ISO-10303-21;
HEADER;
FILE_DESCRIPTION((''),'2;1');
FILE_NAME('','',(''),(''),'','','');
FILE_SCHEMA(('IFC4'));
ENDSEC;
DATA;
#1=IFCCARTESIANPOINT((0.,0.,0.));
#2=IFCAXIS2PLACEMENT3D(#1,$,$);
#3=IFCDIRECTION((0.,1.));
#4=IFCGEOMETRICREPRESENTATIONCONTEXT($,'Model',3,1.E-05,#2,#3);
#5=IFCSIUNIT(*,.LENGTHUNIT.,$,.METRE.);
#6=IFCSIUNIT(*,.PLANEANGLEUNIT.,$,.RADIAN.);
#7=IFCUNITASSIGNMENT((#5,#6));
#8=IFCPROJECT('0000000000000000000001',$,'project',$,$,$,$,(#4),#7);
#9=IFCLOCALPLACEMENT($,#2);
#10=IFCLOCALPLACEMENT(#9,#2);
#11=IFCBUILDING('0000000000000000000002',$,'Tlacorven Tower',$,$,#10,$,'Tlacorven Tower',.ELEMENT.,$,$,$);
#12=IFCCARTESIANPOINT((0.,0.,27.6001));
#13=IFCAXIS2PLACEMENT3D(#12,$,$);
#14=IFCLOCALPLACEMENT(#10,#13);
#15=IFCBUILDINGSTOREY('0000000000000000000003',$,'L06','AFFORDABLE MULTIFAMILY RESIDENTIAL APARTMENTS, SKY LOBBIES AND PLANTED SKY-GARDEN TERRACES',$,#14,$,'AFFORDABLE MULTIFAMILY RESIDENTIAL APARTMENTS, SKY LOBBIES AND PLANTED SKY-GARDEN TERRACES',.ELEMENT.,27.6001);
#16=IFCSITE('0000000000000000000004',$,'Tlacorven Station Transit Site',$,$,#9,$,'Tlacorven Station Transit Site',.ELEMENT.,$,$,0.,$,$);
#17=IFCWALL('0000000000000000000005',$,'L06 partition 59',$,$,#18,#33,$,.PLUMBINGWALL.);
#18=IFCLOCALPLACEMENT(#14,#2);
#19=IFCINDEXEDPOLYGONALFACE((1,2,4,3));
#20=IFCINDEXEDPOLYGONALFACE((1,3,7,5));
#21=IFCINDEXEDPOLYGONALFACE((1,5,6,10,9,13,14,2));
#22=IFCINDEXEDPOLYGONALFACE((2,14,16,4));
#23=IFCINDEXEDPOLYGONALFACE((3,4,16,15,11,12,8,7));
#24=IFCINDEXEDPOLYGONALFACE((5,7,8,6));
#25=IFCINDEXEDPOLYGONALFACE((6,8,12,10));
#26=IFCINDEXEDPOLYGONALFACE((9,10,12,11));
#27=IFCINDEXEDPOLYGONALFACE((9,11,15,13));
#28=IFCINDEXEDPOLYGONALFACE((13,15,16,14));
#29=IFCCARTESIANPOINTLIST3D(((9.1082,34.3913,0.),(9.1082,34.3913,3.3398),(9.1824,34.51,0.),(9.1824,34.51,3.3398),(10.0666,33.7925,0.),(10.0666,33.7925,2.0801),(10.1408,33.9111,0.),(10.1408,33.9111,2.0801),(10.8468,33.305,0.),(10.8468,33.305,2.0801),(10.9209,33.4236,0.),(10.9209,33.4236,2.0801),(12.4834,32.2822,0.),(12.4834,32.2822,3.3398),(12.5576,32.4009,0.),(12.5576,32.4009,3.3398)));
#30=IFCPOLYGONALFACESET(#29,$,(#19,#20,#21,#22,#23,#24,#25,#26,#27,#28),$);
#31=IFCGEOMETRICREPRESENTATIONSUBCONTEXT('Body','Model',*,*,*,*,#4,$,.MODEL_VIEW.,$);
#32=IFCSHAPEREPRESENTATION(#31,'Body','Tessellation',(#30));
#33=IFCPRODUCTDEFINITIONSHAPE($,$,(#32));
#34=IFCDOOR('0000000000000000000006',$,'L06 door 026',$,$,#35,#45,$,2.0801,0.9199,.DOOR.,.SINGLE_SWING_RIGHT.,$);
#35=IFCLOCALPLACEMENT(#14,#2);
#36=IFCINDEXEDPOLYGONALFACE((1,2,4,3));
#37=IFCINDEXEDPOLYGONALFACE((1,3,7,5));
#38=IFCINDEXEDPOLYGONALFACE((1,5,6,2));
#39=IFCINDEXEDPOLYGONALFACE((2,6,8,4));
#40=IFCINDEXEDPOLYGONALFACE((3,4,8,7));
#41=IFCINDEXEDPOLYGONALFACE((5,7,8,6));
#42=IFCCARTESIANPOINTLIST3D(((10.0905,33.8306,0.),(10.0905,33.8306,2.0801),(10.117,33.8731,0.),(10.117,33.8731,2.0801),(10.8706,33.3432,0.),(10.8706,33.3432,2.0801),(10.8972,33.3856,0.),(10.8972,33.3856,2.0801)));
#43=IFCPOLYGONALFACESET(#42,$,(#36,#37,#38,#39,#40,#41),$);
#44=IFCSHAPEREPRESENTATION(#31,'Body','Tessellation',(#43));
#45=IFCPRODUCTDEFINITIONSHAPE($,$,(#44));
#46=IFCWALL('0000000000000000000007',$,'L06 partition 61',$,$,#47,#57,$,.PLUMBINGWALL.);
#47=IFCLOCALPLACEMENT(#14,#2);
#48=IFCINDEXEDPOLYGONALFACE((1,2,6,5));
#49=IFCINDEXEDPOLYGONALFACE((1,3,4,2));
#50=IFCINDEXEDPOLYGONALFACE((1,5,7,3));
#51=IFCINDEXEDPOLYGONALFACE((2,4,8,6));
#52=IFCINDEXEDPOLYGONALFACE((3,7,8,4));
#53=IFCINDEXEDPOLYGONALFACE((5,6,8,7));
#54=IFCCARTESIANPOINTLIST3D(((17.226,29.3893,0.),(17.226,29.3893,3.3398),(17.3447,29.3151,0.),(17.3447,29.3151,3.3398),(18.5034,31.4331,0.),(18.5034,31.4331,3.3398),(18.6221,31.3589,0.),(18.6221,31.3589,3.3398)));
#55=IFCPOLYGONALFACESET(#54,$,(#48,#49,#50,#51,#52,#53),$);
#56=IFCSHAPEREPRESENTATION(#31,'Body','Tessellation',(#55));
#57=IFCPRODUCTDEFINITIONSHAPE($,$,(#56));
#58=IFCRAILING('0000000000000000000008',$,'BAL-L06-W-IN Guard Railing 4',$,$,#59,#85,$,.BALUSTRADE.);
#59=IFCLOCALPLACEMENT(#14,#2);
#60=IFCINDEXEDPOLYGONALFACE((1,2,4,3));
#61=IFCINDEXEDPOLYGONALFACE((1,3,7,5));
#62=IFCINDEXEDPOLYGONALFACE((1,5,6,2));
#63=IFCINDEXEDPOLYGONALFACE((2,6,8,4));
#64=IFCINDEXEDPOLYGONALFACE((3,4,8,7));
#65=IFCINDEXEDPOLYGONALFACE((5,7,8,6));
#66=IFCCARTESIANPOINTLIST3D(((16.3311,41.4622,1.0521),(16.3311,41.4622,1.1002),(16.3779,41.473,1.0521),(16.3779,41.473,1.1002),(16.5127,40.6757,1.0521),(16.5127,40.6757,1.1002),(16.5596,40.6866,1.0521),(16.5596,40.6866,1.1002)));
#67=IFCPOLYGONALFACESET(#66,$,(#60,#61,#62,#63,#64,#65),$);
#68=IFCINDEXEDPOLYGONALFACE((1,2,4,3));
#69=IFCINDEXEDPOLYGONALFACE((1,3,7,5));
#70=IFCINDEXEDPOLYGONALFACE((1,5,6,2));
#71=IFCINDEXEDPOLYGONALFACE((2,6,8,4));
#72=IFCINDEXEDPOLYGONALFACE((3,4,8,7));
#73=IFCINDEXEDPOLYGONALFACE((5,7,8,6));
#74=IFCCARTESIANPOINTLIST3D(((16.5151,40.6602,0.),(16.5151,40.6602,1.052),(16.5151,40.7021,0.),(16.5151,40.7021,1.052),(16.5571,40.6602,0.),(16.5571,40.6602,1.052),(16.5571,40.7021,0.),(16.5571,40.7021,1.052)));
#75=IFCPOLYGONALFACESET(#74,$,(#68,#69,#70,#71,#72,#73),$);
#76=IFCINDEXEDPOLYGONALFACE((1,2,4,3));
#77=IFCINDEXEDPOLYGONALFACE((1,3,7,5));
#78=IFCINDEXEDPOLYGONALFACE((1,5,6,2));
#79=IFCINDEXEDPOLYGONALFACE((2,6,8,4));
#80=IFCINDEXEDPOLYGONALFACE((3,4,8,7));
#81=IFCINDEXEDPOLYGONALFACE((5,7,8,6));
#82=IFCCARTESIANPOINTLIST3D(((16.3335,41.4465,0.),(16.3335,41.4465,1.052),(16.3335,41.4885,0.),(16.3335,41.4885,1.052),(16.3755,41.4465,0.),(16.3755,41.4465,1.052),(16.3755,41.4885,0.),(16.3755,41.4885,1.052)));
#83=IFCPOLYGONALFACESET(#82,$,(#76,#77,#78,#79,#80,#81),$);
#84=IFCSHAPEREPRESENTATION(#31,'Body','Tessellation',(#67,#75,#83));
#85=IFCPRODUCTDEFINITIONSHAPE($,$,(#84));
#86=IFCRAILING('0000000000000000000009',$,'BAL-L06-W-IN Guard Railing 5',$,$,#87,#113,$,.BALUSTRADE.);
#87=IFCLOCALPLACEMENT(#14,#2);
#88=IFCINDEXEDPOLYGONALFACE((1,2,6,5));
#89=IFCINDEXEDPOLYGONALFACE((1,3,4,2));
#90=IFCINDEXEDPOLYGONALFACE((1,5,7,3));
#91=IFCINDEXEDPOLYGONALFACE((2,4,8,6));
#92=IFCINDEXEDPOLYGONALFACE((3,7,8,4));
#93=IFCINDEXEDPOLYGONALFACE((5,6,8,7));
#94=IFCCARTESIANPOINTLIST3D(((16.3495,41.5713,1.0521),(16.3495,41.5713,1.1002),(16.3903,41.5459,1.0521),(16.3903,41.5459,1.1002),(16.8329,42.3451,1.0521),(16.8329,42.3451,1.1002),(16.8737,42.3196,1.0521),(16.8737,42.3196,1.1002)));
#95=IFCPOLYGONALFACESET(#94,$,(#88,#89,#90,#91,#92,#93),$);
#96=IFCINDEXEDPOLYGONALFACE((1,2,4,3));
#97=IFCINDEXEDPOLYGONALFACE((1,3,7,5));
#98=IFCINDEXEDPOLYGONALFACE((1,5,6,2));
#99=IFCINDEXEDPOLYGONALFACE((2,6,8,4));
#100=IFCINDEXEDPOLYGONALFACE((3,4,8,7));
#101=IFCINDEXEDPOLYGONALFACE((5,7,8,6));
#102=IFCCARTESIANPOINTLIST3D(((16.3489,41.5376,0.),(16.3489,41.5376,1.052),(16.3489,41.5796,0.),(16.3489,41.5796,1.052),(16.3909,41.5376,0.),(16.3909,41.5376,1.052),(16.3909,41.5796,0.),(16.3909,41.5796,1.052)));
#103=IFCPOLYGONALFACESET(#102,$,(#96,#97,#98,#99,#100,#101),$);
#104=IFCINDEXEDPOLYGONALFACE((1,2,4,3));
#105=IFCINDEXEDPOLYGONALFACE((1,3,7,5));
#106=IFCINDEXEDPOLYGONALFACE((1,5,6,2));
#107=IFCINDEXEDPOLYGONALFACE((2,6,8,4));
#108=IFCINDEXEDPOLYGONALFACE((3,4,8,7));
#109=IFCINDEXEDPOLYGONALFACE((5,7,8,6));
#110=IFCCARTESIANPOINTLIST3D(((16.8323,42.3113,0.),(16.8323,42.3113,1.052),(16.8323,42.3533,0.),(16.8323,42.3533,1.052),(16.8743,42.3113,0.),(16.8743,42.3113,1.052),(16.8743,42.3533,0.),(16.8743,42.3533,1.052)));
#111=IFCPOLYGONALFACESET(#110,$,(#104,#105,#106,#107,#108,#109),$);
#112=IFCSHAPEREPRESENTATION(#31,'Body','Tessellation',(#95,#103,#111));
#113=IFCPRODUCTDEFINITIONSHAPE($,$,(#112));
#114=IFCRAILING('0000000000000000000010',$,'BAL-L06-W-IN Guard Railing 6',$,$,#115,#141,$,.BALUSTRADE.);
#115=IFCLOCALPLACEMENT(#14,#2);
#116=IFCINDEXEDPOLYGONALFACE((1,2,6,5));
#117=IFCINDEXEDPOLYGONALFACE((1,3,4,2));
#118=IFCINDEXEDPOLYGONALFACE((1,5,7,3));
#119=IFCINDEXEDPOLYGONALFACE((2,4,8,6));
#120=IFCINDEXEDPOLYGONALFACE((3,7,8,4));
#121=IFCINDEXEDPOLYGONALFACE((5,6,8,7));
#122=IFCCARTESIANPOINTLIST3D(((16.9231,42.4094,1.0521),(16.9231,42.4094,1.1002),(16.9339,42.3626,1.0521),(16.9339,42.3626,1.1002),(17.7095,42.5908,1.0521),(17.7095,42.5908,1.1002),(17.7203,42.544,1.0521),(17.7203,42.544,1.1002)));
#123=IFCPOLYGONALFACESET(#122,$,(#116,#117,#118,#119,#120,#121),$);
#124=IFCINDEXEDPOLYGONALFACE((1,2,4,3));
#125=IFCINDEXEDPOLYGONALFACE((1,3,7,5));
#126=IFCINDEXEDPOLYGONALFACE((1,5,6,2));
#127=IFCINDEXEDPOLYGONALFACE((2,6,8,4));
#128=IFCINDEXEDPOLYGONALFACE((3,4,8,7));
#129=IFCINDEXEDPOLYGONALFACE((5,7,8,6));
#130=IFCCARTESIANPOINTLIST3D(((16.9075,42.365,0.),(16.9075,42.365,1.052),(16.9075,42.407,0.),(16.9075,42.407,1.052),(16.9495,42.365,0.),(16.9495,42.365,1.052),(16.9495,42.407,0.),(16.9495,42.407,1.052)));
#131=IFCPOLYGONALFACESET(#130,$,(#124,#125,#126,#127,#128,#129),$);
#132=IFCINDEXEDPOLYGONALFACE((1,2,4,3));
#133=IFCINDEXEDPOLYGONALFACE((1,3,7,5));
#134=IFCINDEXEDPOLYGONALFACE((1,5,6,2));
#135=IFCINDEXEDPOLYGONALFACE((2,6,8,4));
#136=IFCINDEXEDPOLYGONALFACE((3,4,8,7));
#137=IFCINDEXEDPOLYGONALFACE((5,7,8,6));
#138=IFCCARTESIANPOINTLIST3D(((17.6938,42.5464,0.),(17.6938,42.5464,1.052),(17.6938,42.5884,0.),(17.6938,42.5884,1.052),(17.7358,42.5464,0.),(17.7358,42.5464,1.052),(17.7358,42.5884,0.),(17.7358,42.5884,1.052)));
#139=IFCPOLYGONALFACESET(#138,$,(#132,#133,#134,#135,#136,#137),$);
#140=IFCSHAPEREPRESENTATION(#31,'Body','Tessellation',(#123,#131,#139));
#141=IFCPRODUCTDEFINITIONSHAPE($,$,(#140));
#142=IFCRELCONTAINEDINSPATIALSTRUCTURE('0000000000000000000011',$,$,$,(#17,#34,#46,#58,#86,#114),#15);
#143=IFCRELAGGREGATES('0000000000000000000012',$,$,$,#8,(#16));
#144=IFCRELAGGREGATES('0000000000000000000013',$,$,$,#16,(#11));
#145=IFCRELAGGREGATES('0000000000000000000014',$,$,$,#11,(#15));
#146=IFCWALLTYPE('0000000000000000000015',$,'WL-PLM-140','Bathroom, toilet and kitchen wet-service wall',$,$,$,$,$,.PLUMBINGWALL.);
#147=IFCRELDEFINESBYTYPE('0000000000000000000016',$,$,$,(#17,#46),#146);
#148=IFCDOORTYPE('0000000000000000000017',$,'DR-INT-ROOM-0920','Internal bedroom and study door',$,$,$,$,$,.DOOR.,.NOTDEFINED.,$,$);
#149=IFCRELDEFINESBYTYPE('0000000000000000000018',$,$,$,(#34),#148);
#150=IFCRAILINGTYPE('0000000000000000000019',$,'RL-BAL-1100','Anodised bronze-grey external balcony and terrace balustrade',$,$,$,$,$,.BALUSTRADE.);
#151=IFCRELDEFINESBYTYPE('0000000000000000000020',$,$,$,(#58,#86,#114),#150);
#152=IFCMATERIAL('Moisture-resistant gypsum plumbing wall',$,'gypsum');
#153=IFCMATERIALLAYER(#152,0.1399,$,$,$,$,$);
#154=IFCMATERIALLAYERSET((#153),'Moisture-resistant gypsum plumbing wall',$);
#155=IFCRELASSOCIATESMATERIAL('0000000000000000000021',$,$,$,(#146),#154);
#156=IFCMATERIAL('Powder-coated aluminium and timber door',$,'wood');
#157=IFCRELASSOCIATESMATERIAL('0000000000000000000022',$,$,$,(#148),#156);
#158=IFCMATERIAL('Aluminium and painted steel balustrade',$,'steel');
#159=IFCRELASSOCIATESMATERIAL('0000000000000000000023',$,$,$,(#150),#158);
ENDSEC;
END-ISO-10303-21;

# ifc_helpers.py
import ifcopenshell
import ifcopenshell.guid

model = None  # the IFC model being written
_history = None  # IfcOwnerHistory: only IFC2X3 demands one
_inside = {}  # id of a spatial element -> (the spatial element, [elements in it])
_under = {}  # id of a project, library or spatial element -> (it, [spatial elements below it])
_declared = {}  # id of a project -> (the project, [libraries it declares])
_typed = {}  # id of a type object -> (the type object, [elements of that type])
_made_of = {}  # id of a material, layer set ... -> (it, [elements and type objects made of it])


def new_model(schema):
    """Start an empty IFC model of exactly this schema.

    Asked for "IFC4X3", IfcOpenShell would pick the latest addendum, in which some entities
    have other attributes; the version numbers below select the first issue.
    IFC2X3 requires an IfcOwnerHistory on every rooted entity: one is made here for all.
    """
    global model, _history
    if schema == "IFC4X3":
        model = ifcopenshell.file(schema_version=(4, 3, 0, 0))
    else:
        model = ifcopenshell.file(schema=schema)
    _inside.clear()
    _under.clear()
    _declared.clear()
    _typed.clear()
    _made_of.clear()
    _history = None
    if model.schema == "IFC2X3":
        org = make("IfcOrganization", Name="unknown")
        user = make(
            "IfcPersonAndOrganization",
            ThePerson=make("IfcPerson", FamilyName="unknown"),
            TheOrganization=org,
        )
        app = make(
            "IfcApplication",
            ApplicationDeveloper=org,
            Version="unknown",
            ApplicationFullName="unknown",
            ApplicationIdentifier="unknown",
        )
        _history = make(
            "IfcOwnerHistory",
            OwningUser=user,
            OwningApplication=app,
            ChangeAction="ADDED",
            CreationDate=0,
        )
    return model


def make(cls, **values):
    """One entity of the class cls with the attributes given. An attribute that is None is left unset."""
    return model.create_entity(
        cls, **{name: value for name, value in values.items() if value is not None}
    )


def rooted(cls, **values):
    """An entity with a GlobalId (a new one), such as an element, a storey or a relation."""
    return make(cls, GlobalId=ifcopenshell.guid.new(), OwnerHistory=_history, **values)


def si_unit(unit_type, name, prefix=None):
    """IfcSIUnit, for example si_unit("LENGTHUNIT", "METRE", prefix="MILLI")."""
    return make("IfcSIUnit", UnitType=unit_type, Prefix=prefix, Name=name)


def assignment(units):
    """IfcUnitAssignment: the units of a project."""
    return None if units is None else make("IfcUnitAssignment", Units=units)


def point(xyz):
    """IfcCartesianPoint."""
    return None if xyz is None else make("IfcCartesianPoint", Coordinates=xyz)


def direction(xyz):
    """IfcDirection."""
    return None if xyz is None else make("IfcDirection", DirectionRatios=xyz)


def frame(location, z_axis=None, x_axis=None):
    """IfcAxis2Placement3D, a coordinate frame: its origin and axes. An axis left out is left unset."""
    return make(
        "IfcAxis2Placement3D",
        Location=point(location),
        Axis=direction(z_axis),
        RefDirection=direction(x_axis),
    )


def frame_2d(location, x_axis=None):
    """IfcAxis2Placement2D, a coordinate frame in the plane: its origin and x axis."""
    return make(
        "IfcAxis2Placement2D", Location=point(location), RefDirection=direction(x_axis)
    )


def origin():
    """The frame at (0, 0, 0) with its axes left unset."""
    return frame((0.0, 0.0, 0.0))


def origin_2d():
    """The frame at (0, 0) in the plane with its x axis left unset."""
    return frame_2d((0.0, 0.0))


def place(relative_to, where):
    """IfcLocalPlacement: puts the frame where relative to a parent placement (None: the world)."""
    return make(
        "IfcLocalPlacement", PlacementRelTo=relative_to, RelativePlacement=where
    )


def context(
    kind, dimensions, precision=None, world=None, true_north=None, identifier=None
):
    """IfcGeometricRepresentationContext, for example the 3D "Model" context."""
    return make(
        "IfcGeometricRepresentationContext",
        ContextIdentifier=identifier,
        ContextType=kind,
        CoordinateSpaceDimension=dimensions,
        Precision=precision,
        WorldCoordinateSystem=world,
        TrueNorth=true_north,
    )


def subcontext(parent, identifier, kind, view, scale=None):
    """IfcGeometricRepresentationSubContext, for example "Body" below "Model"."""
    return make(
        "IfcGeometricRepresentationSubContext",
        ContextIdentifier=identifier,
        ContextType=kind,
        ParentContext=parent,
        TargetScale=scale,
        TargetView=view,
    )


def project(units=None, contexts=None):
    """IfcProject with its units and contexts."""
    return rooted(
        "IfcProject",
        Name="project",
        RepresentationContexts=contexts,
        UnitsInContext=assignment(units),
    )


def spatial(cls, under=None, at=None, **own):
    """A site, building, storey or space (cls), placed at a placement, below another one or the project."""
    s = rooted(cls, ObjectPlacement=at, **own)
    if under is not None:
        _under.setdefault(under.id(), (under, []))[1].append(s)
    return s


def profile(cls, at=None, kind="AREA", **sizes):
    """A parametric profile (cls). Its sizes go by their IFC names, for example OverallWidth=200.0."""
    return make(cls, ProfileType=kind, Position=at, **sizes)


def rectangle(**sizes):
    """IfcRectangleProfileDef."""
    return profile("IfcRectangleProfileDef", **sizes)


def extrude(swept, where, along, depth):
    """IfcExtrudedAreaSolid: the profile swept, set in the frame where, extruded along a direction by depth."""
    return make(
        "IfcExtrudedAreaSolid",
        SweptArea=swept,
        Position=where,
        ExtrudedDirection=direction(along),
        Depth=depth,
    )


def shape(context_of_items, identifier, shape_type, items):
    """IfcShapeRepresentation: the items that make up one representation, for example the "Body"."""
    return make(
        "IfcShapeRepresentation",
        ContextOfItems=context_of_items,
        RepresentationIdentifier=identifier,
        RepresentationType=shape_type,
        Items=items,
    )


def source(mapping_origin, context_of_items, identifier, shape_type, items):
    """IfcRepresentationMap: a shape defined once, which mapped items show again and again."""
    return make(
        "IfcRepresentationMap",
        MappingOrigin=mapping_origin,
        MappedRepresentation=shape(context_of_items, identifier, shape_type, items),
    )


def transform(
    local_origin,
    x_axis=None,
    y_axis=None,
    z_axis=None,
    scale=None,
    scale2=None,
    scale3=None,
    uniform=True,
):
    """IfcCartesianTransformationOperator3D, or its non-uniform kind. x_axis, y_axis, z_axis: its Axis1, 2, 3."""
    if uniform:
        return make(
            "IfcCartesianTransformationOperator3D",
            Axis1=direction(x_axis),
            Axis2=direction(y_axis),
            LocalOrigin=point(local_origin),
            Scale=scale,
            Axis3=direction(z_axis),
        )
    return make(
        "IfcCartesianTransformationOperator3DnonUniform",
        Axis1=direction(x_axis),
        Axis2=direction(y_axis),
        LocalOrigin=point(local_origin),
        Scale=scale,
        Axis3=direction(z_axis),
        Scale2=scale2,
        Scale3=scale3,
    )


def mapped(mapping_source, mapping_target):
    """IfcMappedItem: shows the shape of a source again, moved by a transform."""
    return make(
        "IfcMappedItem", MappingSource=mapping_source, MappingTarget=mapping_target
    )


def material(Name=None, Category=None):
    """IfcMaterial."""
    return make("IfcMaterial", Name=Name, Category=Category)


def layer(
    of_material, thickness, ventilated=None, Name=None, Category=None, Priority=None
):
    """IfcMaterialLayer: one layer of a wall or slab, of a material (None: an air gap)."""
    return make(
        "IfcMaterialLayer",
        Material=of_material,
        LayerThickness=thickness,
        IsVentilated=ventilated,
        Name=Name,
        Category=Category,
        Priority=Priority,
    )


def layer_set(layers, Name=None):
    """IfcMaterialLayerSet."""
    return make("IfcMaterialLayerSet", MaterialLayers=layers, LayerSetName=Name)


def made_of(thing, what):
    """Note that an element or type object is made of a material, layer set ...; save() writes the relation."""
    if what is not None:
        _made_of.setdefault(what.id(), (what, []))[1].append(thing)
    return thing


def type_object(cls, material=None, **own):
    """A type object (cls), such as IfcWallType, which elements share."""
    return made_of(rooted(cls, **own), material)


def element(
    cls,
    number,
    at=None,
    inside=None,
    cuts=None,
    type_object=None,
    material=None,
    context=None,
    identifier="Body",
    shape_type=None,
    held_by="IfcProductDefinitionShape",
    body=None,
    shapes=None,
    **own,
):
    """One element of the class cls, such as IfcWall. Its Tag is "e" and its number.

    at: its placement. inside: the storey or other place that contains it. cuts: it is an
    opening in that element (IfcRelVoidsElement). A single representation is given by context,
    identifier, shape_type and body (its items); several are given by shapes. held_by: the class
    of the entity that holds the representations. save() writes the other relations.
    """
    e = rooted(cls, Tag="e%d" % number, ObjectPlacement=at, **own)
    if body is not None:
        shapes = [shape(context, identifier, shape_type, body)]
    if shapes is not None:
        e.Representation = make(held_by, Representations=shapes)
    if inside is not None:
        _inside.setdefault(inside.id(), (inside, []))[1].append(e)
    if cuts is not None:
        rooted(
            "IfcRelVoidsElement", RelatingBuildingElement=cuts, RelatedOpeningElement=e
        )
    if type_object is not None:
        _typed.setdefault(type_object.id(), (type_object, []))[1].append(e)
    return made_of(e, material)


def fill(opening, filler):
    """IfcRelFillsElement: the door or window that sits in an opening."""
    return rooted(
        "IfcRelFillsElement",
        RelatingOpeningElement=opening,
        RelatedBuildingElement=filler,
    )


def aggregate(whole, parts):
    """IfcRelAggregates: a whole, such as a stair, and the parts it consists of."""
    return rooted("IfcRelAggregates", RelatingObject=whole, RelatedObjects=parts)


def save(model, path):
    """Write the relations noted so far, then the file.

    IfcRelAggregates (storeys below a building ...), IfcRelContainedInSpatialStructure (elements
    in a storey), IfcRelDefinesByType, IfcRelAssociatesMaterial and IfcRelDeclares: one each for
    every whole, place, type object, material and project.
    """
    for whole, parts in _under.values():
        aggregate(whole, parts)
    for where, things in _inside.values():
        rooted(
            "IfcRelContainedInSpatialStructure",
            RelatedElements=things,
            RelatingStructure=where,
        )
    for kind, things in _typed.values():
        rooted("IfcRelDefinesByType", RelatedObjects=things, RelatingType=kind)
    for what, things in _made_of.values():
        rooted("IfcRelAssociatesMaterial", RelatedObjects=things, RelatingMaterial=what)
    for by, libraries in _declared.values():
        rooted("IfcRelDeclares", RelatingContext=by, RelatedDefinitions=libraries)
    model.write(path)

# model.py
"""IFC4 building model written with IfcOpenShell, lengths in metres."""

from ifc_helpers import new_model, si_unit, direction, frame, frame_2d, origin, origin_2d, place, context, subcontext, project, spatial, rectangle, extrude, source, transform, mapped, material, layer, layer_set, type_object, element, fill, save


model = new_model("IFC4")

# Units and contexts
model_context = context("Model", 3, precision=1e-05, world=origin(), true_north=direction((0.0, 1.0)))
body_context = subcontext(model_context, "Body", "Model", "MODEL_VIEW")
ifc_project = project(units=[si_unit("LENGTHUNIT", "METRE"), si_unit("PLANEANGLEUNIT", "RADIAN")], contexts=[model_context])

# Site, building, storey
site_placement = place(None, origin())
site = spatial("IfcSite", under=ifc_project, at=site_placement, Name="Tlacorven Station Transit Site", LongName="Tlacorven Station Transit Site", CompositionType="ELEMENT", RefElevation=0.0)
building_placement = place(site_placement, origin())
building = spatial("IfcBuilding", under=site, at=building_placement, Name="Tlacorven Tower", LongName="Tlacorven Tower", CompositionType="ELEMENT")
storey_placement = place(building_placement, frame((0.0, 0.0, 27.6001)))
storey = spatial("IfcBuildingStorey", under=building, at=storey_placement, Name="L06", Description="AFFORDABLE MULTIFAMILY RESIDENTIAL APARTMENTS, SKY LOBBIES AND PLANTED SKY-GARDEN TERRACES", LongName="AFFORDABLE MULTIFAMILY RESIDENTIAL APARTMENTS, SKY LOBBIES AND PLANTED SKY-GARDEN TERRACES", CompositionType="ELEMENT", Elevation=27.6001)

# Shared definitions
ifc_material_1 = material(Name="Powder-coated aluminium and timber door", Category="wood")

# Wall, opening, door
ifc_material_2 = material(Name="Moisture-resistant gypsum plumbing wall", Category="gypsum")
ifc_layer_1 = layer(ifc_material_2, 0.1399)
ifc_layer_set_1 = layer_set([ifc_layer_1], Name="Moisture-resistant gypsum plumbing wall")
wall_type_1 = type_object("IfcWallType", Name="WL-PLM-140", Description="Bathroom, toilet and kitchen wet-service wall", PredefinedType="PLUMBINGWALL", material=ifc_layer_set_1)
wall_1_placement = place(storey_placement, frame((12.5205, 32.3416, 0.0), z_axis=(0.0, 0.0, 1.0), x_axis=(-0.848043, 0.529927, 0.0)))
wall_1 = element("IfcWall", 1, at=wall_1_placement, inside=storey, type_object=wall_type_1, Name="L06 partition 59", PredefinedType="PLUMBINGWALL", context=body_context, shape_type="SweptSolid", body=[
    extrude(rectangle(XDim=3.98, YDim=0.1399, at=frame_2d((1.99, 0.0))), origin(), (0.0, 0.0, 1.0), 3.3398),
])
opening_1_placement = place(wall_1_placement, frame((1.9299, 0.0, 0.0)))
opening_1 = element("IfcOpeningElement", 2, at=opening_1_placement, cuts=wall_1, PredefinedType="OPENING", context=body_context, shape_type="SweptSolid", body=[
    extrude(rectangle(XDim=0.9199, YDim=2.0801, at=frame_2d((0.46, 1.04))), frame((0.0, 0.0801, 0.0), z_axis=(0.0, -1.0, 0.0), x_axis=(1.0, 0.0, 0.0)), (0.0, 0.0, 1.0), 0.1599),
])
door_type_1 = type_object("IfcDoorType", Name="DR-INT-ROOM-0920", Description="Internal bedroom and study door", OperationType="NOTDEFINED", PredefinedType="DOOR", material=ifc_material_1)
shared_shape_1 = source(origin(), body_context, "Body", "SweptSolid", [
    extrude(rectangle(XDim=0.9199, YDim=2.0801, at=frame_2d((0.46, 1.04))), frame((0.0, 0.0249, 0.0), z_axis=(0.0, -1.0, 0.0), x_axis=(1.0, 0.0, 0.0)), (0.0, 0.0, 1.0), 0.05),
])
door_1_placement = place(opening_1_placement, origin())
door_1 = element("IfcDoor", 3, at=door_1_placement, inside=storey, type_object=door_type_1, Name="L06 door 026", OperationType="SINGLE_SWING_RIGHT", OverallHeight=2.0801, OverallWidth=0.9199, PredefinedType="DOOR", context=body_context, shape_type="MappedRepresentation", body=[
    mapped(shared_shape_1, transform((0.0, 0.0, 0.0), scale=1.0)),
])
fill(opening_1, door_1)

# Wall
wall_2_placement = place(storey_placement, frame((18.5627, 31.396, 0.0), z_axis=(0.0, 0.0, 1.0), x_axis=(-0.530008, -0.847993, 0.0)))
element("IfcWall", 4, at=wall_2_placement, inside=storey, type_object=wall_type_1, Name="L06 partition 61", PredefinedType="PLUMBINGWALL", context=body_context, shape_type="SweptSolid", body=[
    extrude(rectangle(XDim=2.4102, YDim=0.1399, at=frame_2d((1.2051, 0.0))), origin(), (0.0, 0.0, 1.0), 3.3398),
])

# Railings
ifc_material_3 = material(Name="Aluminium and painted steel balustrade", Category="steel")
railing_type = type_object("IfcRailingType", Name="RL-BAL-1100", Description="Anodised bronze-grey external balcony and terrace balustrade", PredefinedType="BALUSTRADE", material=ifc_material_3)
shared_shape_2 = source(origin(), body_context, "Body", "SweptSolid", [
    extrude(rectangle(XDim=0.0481, YDim=0.0481, at=origin_2d()), frame((0.0, 0.0, 1.0762), z_axis=(-0.225058, 0.974345, 0.0), x_axis=(-0.974345, -0.225058, 0.0)), (0.0, 0.0, 1.0), 0.8071),
    extrude(rectangle(XDim=0.042, YDim=0.042, at=origin_2d()), origin(), (0.0, 0.0, 1.0), 1.052),
    extrude(rectangle(XDim=0.042, YDim=0.042, at=origin_2d()), frame((-0.1816, 0.7864, 0.0)), (0.0, 0.0, 1.0), 1.052),
])
railing_1_placement = place(storey_placement, frame((16.5361, 40.6812, 0.0)))
element("IfcRailing", 5, at=railing_1_placement, inside=storey, type_object=railing_type, Name="BAL-L06-W-IN Guard Railing 4", PredefinedType="BALUSTRADE", context=body_context, shape_type="MappedRepresentation", body=[
    mapped(shared_shape_2, transform((0.0, 0.0, 0.0), scale=1.0)),
])
shared_shape_3 = source(origin(), body_context, "Body", "SweptSolid", [
    extrude(rectangle(XDim=0.0481, YDim=0.0481, at=origin_2d()), frame((0.0, 0.0, 1.0762), z_axis=(0.529879, 0.848073, 0.0), x_axis=(-0.848073, 0.529879, 0.0)), (0.0, 0.0, 1.0), 0.9124),
    extrude(rectangle(XDim=0.042, YDim=0.042, at=origin_2d()), origin(), (0.0, 0.0, 1.0), 1.052),
    extrude(rectangle(XDim=0.042, YDim=0.042, at=origin_2d()), frame((0.4834, 0.7737, 0.0)), (0.0, 0.0, 1.0), 1.052),
])
railing_2_placement = place(storey_placement, frame((16.3699, 41.5586, 0.0)))
element("IfcRailing", 6, at=railing_2_placement, inside=storey, type_object=railing_type, Name="BAL-L06-W-IN Guard Railing 5", PredefinedType="BALUSTRADE", context=body_context, shape_type="MappedRepresentation", body=[
    mapped(shared_shape_3, transform((0.0, 0.0, 0.0), scale=1.0)),
])
shared_shape_4 = source(origin(), body_context, "Body", "SweptSolid", [
    extrude(rectangle(XDim=0.0481, YDim=0.0481, at=origin_2d()), frame((0.0, 0.0, 1.0762), z_axis=(0.974412, 0.224771, 0.0), x_axis=(-0.224771, 0.974412, 0.0)), (0.0, 0.0, 1.0), 0.8071),
    extrude(rectangle(XDim=0.042, YDim=0.042, at=origin_2d()), origin(), (0.0, 0.0, 1.0), 1.052),
    extrude(rectangle(XDim=0.042, YDim=0.042, at=origin_2d()), frame((0.7864, 0.1814, 0.0)), (0.0, 0.0, 1.0), 1.052),
])
railing_3_placement = place(storey_placement, frame((16.9285, 42.386, 0.0)))
element("IfcRailing", 7, at=railing_3_placement, inside=storey, type_object=railing_type, Name="BAL-L06-W-IN Guard Railing 6", PredefinedType="BALUSTRADE", context=body_context, shape_type="MappedRepresentation", body=[
    mapped(shared_shape_4, transform((0.0, 0.0, 0.0), scale=1.0)),
])

save(model, "model.ifc")
